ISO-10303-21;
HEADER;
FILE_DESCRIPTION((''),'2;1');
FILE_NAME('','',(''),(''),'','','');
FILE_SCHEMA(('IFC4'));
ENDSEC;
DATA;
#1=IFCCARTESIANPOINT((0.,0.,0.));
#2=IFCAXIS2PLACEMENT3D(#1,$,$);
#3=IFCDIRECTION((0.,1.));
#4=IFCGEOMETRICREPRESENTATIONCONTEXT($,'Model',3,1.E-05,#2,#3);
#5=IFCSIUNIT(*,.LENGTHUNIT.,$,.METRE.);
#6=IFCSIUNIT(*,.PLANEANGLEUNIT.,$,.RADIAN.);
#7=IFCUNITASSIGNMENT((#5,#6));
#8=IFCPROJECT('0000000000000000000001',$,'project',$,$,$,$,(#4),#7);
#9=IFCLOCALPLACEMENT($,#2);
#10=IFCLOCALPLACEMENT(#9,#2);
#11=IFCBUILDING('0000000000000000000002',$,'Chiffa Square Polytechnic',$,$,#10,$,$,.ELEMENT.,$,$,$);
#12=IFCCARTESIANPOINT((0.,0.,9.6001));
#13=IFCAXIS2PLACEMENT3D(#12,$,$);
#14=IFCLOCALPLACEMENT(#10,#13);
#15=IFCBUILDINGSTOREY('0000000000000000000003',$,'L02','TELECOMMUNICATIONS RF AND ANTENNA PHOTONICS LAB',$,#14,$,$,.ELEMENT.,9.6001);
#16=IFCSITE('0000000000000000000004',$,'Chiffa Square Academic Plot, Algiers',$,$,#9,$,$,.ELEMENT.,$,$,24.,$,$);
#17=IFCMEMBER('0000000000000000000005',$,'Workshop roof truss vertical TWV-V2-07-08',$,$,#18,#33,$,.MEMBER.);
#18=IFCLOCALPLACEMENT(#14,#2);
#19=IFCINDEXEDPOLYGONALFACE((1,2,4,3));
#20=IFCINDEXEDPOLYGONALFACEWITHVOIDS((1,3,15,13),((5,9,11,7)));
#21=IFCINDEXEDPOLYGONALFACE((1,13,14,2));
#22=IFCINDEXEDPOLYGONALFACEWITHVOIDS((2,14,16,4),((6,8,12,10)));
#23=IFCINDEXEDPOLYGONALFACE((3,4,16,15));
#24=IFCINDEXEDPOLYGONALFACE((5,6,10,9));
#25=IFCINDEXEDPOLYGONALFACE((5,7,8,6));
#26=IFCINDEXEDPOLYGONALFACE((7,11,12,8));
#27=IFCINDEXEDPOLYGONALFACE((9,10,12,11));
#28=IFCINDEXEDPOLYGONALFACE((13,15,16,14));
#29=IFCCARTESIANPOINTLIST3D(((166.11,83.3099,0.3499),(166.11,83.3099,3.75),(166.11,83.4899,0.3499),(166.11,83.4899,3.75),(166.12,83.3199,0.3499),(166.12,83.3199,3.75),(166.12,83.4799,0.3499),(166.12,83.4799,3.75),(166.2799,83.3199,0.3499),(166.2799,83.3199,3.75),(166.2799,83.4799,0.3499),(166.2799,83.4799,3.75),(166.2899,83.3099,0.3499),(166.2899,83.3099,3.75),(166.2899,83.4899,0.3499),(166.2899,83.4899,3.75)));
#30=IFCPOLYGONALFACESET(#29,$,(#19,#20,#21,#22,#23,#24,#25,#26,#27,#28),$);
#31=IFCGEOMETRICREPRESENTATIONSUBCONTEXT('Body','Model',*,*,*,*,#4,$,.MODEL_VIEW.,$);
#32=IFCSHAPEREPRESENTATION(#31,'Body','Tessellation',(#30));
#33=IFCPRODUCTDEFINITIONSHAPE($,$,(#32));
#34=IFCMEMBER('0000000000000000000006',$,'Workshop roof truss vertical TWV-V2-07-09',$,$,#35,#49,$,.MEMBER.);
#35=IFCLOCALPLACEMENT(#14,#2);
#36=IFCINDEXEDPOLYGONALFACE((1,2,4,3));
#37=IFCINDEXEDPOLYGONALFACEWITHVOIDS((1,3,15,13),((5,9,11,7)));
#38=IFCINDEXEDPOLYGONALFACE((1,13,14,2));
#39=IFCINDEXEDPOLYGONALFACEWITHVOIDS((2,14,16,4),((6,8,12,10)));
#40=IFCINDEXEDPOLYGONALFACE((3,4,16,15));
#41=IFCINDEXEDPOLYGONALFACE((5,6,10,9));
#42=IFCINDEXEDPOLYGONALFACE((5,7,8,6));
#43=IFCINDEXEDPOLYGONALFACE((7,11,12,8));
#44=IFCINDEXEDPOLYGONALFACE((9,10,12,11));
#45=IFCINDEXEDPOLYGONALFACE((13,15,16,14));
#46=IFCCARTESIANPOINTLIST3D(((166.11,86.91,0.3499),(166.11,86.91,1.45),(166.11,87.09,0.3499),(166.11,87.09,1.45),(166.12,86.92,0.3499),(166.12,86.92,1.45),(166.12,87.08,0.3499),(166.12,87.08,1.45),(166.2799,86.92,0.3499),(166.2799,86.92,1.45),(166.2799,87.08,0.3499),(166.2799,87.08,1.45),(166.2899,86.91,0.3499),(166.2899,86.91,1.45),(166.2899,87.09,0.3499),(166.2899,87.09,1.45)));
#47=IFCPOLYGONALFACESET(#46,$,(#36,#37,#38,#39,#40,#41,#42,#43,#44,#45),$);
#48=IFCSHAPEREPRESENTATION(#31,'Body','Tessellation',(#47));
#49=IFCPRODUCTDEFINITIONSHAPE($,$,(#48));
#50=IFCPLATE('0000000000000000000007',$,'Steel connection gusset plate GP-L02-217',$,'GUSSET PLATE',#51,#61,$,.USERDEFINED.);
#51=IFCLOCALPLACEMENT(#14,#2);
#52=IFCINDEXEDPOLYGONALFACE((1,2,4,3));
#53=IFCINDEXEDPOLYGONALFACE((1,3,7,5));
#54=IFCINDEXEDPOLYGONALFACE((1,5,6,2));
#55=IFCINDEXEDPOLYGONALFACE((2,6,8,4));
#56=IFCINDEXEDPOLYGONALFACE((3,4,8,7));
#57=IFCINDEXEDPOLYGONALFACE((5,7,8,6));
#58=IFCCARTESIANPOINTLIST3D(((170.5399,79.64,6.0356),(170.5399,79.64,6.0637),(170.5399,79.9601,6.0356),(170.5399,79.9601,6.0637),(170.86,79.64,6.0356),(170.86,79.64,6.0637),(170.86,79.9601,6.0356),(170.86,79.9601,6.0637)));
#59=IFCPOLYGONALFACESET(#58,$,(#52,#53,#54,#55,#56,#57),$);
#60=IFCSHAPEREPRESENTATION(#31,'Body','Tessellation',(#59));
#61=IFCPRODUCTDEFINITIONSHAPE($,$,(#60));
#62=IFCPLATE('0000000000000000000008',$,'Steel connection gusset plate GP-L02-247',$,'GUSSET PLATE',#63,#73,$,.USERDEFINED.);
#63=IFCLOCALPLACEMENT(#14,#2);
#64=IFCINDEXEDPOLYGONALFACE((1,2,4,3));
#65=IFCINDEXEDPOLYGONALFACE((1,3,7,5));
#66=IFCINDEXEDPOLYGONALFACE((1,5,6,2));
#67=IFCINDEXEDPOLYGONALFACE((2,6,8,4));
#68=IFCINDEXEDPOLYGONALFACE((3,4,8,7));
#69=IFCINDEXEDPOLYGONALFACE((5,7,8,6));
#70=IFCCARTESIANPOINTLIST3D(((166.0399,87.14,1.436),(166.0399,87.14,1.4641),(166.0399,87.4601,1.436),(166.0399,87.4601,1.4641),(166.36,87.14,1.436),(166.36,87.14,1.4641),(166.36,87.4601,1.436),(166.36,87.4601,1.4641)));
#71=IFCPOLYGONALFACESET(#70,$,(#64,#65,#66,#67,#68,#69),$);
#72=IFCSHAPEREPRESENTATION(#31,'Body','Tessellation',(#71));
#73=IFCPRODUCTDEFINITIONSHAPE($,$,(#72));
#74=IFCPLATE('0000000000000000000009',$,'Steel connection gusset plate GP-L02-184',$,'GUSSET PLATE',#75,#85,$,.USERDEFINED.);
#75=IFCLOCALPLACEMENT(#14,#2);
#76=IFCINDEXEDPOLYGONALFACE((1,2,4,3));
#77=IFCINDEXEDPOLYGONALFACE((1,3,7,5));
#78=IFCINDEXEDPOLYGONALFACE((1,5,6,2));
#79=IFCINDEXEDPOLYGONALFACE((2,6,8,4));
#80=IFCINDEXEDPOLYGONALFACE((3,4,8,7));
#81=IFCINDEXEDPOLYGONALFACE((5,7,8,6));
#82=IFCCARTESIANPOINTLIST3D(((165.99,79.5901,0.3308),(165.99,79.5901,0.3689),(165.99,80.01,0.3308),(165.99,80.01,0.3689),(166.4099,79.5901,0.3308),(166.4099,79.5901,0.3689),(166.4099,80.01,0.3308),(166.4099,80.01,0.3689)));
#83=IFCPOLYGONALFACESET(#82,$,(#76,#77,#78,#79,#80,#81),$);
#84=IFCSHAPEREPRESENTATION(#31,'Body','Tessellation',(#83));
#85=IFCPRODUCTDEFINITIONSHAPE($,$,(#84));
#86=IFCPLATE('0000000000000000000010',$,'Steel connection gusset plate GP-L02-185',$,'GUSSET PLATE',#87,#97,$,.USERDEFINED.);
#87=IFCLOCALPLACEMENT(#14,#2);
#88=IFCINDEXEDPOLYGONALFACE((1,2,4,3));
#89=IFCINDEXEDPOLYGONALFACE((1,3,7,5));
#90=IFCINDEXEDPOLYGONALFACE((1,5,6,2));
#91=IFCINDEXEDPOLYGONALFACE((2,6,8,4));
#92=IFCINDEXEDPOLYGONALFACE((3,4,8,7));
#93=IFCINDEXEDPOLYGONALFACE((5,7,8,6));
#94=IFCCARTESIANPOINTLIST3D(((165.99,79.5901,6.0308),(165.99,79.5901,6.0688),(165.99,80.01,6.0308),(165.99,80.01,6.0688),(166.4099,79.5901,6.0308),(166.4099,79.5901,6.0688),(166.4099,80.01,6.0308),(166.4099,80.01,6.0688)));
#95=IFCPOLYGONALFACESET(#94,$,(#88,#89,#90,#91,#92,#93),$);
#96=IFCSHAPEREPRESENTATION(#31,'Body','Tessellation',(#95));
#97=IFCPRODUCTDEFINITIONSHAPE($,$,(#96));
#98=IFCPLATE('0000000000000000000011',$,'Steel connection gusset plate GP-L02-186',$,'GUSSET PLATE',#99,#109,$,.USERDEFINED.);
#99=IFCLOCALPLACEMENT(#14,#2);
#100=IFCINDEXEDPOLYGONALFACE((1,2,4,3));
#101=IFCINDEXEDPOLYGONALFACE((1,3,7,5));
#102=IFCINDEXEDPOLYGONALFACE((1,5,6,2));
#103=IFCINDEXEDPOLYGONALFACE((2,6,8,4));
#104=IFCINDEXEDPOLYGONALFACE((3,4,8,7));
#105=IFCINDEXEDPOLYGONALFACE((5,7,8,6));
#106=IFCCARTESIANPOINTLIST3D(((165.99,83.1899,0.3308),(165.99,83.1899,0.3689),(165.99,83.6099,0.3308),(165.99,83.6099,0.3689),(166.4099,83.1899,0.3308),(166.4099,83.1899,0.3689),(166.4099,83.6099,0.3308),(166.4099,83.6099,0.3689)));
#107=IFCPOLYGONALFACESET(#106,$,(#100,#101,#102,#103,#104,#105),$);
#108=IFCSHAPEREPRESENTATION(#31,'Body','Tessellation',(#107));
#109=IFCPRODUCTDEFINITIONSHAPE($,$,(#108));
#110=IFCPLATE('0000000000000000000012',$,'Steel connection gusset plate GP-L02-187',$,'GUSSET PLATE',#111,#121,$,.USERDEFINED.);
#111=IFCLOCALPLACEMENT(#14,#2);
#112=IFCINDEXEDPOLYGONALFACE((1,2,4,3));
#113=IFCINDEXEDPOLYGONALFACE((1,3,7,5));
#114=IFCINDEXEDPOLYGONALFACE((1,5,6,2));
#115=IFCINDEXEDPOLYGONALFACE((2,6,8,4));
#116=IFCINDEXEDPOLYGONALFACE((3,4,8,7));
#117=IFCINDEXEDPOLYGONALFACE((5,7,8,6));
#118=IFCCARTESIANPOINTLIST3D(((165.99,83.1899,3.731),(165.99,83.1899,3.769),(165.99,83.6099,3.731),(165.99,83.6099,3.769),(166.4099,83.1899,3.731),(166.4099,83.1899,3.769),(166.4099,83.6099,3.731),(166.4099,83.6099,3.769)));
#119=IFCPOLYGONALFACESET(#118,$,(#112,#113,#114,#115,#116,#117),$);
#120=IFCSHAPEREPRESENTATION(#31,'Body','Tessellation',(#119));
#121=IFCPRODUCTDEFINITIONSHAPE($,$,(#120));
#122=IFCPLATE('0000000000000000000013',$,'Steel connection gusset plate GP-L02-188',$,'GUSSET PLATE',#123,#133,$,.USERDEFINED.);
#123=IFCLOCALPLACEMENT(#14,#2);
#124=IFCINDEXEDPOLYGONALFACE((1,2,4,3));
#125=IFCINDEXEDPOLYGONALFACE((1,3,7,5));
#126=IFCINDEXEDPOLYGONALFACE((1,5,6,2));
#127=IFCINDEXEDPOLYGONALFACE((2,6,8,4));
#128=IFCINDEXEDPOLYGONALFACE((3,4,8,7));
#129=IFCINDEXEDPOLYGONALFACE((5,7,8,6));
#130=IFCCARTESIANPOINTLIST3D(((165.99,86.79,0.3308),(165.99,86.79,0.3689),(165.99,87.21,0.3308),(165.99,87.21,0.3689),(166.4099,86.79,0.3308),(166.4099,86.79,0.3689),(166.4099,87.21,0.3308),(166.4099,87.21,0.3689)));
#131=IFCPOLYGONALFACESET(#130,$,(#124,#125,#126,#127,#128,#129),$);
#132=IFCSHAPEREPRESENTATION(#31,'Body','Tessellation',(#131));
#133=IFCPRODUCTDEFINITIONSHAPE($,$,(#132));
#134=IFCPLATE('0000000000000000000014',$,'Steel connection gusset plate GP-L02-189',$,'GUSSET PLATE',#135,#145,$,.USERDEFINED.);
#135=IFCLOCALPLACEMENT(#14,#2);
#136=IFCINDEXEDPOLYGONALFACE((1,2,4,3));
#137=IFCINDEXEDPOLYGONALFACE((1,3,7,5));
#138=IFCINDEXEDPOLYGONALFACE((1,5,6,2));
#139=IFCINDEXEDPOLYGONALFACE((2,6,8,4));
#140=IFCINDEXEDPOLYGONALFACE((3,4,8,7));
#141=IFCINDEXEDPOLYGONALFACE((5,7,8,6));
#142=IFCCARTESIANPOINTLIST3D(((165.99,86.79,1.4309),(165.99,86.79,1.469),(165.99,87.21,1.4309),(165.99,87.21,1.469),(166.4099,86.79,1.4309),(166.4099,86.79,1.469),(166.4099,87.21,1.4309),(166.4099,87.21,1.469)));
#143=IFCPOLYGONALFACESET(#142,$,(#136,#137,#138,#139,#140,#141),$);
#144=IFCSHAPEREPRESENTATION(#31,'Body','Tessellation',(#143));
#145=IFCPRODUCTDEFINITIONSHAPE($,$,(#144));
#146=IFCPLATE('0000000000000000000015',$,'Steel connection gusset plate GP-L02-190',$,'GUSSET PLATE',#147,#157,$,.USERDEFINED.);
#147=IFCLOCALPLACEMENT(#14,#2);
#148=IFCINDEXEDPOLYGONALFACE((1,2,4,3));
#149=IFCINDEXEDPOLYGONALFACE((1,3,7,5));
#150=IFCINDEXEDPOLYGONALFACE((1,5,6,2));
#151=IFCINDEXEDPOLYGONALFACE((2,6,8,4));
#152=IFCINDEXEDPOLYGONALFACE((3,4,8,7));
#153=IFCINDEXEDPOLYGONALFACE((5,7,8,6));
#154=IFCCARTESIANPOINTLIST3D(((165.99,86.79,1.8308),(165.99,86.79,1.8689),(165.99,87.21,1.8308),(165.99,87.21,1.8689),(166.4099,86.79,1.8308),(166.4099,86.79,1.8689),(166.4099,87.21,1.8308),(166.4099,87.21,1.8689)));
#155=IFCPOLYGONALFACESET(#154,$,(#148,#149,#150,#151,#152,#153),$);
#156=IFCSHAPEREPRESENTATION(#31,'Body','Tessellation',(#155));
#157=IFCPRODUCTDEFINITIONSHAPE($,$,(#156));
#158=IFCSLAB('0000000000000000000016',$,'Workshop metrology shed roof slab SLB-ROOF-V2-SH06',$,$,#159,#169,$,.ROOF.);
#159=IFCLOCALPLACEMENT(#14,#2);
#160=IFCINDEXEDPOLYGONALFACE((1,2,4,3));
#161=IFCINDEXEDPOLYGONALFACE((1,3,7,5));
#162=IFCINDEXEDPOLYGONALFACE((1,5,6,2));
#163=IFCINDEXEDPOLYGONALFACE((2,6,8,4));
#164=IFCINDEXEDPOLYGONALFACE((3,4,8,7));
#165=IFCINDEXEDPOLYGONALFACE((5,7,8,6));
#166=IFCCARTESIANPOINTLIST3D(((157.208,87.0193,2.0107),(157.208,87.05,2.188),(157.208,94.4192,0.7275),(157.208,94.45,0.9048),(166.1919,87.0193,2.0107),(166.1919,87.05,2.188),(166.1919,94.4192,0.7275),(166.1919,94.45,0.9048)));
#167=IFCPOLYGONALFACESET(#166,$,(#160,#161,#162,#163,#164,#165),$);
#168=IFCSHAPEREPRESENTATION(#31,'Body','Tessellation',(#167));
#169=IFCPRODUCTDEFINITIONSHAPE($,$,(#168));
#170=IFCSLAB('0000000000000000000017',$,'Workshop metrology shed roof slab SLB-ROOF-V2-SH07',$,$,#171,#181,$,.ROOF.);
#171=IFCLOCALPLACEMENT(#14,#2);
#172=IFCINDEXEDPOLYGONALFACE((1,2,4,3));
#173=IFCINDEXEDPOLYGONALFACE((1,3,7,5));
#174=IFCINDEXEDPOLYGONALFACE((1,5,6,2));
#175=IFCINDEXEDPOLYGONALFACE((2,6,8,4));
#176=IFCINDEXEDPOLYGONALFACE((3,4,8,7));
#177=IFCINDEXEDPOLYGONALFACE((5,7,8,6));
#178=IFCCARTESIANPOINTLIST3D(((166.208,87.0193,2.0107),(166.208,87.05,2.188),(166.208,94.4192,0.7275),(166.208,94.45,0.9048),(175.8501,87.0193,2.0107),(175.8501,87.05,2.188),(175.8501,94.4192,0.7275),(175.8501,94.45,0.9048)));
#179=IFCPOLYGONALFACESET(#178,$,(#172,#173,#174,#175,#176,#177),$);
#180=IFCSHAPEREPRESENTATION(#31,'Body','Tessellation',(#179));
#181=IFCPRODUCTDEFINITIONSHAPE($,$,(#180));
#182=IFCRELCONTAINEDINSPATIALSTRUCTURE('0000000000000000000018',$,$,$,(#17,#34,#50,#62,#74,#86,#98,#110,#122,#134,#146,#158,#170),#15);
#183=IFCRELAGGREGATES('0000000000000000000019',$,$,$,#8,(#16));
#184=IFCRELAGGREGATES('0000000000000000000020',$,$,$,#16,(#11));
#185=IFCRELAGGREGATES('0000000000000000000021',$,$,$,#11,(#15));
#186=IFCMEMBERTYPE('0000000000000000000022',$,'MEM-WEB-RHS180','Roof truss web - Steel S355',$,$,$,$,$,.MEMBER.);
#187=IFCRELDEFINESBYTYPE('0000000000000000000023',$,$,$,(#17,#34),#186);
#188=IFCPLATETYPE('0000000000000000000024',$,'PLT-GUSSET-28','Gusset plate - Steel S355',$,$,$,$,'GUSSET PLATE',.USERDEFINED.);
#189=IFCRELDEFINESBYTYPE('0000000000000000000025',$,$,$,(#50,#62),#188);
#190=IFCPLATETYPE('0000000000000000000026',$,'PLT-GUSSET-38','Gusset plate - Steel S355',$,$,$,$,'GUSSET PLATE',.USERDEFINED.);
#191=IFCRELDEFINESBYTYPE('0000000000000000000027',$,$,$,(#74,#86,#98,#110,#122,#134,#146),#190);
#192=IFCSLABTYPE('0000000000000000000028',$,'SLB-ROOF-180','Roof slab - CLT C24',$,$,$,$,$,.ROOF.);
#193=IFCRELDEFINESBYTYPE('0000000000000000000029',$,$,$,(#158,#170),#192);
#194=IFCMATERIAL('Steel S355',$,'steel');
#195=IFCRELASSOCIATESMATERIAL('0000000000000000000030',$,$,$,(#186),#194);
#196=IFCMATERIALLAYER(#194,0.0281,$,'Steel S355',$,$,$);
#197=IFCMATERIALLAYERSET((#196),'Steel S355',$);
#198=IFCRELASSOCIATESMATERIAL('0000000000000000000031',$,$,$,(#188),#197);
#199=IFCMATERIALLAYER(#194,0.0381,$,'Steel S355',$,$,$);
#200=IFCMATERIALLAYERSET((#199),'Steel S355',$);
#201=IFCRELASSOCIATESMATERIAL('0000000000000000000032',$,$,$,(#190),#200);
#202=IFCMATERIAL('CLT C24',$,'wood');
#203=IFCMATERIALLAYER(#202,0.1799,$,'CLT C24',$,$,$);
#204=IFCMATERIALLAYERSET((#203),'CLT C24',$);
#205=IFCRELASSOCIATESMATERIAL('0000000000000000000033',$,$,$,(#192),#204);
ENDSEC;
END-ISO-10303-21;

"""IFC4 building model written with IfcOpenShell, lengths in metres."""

from ifc_helpers import new_model, si_unit, direction, frame, origin, origin_2d, place, context, subcontext, project, spatial, polyline, rectangle, hollow_rectangle, outline, extrude, material, layer, layer_set, material_profile, profile_set, type_object, element, save


model = new_model("IFC4")

# Units and contexts
model_context = context("Model", 3, precision=1e-05, world=origin(), true_north=direction((0.0, 1.0)))
body_context = subcontext(model_context, "Body", "Model", "MODEL_VIEW")
ifc_project = project(units=[si_unit("LENGTHUNIT", "METRE"), si_unit("PLANEANGLEUNIT", "RADIAN")], contexts=[model_context])

# Site, building, storey
site_placement = place(None, origin())
site = spatial("IfcSite", under=ifc_project, at=site_placement, Name="Chiffa Square Academic Plot, Algiers", CompositionType="ELEMENT", RefElevation=24.0)
building_placement = place(site_placement, origin())
building = spatial("IfcBuilding", under=site, at=building_placement, Name="Chiffa Square Polytechnic", CompositionType="ELEMENT")
storey_placement = place(building_placement, frame((0.0, 0.0, 9.6001)))
storey = spatial("IfcBuildingStorey", under=building, at=storey_placement, Name="L02", Description="TELECOMMUNICATIONS RF AND ANTENNA PHOTONICS LAB", CompositionType="ELEMENT", Elevation=9.6001)

# Shared definitions
ifc_material_1 = material(Name="Steel S355", Category="steel")

# Members
ifc_material_profile_1 = material_profile(ifc_material_1, hollow_rectangle(XDim=0.1799, YDim=0.1799, WallThickness=0.01, at=origin_2d()), Name="RHS 180x180x10")
ifc_profile_set_1 = profile_set([ifc_material_profile_1], Name="Steel S355")
member_type_1 = type_object("IfcMemberType", Name="MEM-WEB-RHS180", Description="Roof truss web - Steel S355", PredefinedType="MEMBER", material=ifc_profile_set_1)
member_1_placement = place(storey_placement, frame((166.2, 83.3999, 0.3499), z_axis=(0.0, 0.0, 1.0), x_axis=(1.0, 0.0, 0.0)))
element("IfcMember", 1, at=member_1_placement, inside=storey, type_object=member_type_1, Name="Workshop roof truss vertical TWV-V2-07-08", PredefinedType="MEMBER", context=body_context, shape_type="SweptSolid", body=[
    extrude(hollow_rectangle(XDim=0.1799, YDim=0.1799, WallThickness=0.01, at=origin_2d()), origin(), (0.0, 0.0, 1.0), 3.4001),
])
member_2_placement = place(storey_placement, frame((166.2, 87.0, 0.3499), z_axis=(0.0, 0.0, 1.0), x_axis=(1.0, 0.0, 0.0)))
element("IfcMember", 2, at=member_2_placement, inside=storey, type_object=member_type_1, Name="Workshop roof truss vertical TWV-V2-07-09", PredefinedType="MEMBER", context=body_context, shape_type="SweptSolid", body=[
    extrude(hollow_rectangle(XDim=0.1799, YDim=0.1799, WallThickness=0.01, at=origin_2d()), origin(), (0.0, 0.0, 1.0), 1.1001),
])

# Plates
ifc_layer_1 = layer(ifc_material_1, 0.0281, Name="Steel S355")
ifc_layer_set_1 = layer_set([ifc_layer_1], Name="Steel S355")
plate_type_1 = type_object("IfcPlateType", Name="PLT-GUSSET-28", Description="Gusset plate - Steel S355", ElementType="GUSSET PLATE", PredefinedType="USERDEFINED", material=ifc_layer_set_1)
for number, where, z_axis, x_axis, name in (
    (3, (170.7, 79.8, 6.0356), (0.0, 0.0, 1.0), (1.0, 0.0, 0.0), "Steel connection gusset plate GP-L02-217"),
    (4, (166.2, 87.3, 1.436), (0.0, 0.0, 1.0), (1.0, 0.0, 0.0), "Steel connection gusset plate GP-L02-247"),
):
    element("IfcPlate", number, at=place(storey_placement, frame(where, z_axis=z_axis, x_axis=x_axis)), inside=storey, type_object=plate_type_1, Name=name, ObjectType="GUSSET PLATE", PredefinedType="USERDEFINED", context=body_context, shape_type="SweptSolid", body=[
        extrude(rectangle(XDim=0.3201, YDim=0.3201, at=origin_2d()), origin(), (0.0, 0.0, 1.0), 0.0281),
    ])
ifc_layer_2 = layer(ifc_material_1, 0.0381, Name="Steel S355")
ifc_layer_set_2 = layer_set([ifc_layer_2], Name="Steel S355")
plate_type_2 = type_object("IfcPlateType", Name="PLT-GUSSET-38", Description="Gusset plate - Steel S355", ElementType="GUSSET PLATE", PredefinedType="USERDEFINED", material=ifc_layer_set_2)
for number, where, z_axis, x_axis, name in (
    (5, (166.2, 79.8, 0.3308), (0.0, 0.0, 1.0), (1.0, 0.0, 0.0), "Steel connection gusset plate GP-L02-184"),
    (6, (166.2, 79.8, 6.0308), (0.0, 0.0, 1.0), (1.0, 0.0, 0.0), "Steel connection gusset plate GP-L02-185"),
    (7, (166.2, 83.3999, 0.3308), (0.0, 0.0, 1.0), (1.0, 0.0, 0.0), "Steel connection gusset plate GP-L02-186"),
    (8, (166.2, 83.3999, 3.731), (0.0, 0.0, 1.0), (1.0, 0.0, 0.0), "Steel connection gusset plate GP-L02-187"),
    (9, (166.2, 87.0, 0.3308), (0.0, 0.0, 1.0), (1.0, 0.0, 0.0), "Steel connection gusset plate GP-L02-188"),
    (10, (166.2, 87.0, 1.4309), (0.0, 0.0, 1.0), (1.0, 0.0, 0.0), "Steel connection gusset plate GP-L02-189"),
    (11, (166.2, 87.0, 1.8308), (0.0, 0.0, 1.0), (1.0, 0.0, 0.0), "Steel connection gusset plate GP-L02-190"),
):
    element("IfcPlate", number, at=place(storey_placement, frame(where, z_axis=z_axis, x_axis=x_axis)), inside=storey, type_object=plate_type_2, Name=name, ObjectType="GUSSET PLATE", PredefinedType="USERDEFINED", context=body_context, shape_type="SweptSolid", body=[
        extrude(rectangle(XDim=0.4199, YDim=0.4199, at=origin_2d()), origin(), (0.0, 0.0, 1.0), 0.0381),
    ])

# Slabs
ifc_material_2 = material(Name="CLT C24", Category="wood")
ifc_layer_3 = layer(ifc_material_2, 0.1799, Name="CLT C24")
ifc_layer_set_3 = layer_set([ifc_layer_3], Name="CLT C24")
slab_type = type_object("IfcSlabType", Name="SLB-ROOF-180", Description="Roof slab - CLT C24", PredefinedType="ROOF", material=ifc_layer_set_3)
slab_1_placement = place(storey_placement, frame((157.208, 87.05, 2.188), z_axis=(0.0, 0.170858, 0.985296), x_axis=(1.0, 0.0, 0.0)))
element("IfcSlab", 12, at=slab_1_placement, inside=storey, type_object=slab_type, Name="Workshop metrology shed roof slab SLB-ROOF-V2-SH06", PredefinedType="ROOF", context=body_context, shape_type="SweptSolid", body=[
    extrude(outline(polyline([(0.0, 0.0), (8.9839, 0.0), (8.9839, 7.5103), (0.0, 7.5103), (0.0, 0.0)])), origin(), (0.0, 0.0, -1.0), 0.1799),
])
slab_2_placement = place(storey_placement, frame((166.208, 87.05, 2.188), z_axis=(0.0, 0.170858, 0.985296), x_axis=(1.0, 0.0, 0.0)))
element("IfcSlab", 13, at=slab_2_placement, inside=storey, type_object=slab_type, Name="Workshop metrology shed roof slab SLB-ROOF-V2-SH07", PredefinedType="ROOF", context=body_context, shape_type="SweptSolid", body=[
    extrude(outline(polyline([(0.0, 0.0), (9.6421, 0.0), (9.6421, 7.5103), (0.0, 7.5103), (0.0, 0.0)])), origin(), (0.0, 0.0, -1.0), 0.1799),
])

save(model, "model.ifc")
